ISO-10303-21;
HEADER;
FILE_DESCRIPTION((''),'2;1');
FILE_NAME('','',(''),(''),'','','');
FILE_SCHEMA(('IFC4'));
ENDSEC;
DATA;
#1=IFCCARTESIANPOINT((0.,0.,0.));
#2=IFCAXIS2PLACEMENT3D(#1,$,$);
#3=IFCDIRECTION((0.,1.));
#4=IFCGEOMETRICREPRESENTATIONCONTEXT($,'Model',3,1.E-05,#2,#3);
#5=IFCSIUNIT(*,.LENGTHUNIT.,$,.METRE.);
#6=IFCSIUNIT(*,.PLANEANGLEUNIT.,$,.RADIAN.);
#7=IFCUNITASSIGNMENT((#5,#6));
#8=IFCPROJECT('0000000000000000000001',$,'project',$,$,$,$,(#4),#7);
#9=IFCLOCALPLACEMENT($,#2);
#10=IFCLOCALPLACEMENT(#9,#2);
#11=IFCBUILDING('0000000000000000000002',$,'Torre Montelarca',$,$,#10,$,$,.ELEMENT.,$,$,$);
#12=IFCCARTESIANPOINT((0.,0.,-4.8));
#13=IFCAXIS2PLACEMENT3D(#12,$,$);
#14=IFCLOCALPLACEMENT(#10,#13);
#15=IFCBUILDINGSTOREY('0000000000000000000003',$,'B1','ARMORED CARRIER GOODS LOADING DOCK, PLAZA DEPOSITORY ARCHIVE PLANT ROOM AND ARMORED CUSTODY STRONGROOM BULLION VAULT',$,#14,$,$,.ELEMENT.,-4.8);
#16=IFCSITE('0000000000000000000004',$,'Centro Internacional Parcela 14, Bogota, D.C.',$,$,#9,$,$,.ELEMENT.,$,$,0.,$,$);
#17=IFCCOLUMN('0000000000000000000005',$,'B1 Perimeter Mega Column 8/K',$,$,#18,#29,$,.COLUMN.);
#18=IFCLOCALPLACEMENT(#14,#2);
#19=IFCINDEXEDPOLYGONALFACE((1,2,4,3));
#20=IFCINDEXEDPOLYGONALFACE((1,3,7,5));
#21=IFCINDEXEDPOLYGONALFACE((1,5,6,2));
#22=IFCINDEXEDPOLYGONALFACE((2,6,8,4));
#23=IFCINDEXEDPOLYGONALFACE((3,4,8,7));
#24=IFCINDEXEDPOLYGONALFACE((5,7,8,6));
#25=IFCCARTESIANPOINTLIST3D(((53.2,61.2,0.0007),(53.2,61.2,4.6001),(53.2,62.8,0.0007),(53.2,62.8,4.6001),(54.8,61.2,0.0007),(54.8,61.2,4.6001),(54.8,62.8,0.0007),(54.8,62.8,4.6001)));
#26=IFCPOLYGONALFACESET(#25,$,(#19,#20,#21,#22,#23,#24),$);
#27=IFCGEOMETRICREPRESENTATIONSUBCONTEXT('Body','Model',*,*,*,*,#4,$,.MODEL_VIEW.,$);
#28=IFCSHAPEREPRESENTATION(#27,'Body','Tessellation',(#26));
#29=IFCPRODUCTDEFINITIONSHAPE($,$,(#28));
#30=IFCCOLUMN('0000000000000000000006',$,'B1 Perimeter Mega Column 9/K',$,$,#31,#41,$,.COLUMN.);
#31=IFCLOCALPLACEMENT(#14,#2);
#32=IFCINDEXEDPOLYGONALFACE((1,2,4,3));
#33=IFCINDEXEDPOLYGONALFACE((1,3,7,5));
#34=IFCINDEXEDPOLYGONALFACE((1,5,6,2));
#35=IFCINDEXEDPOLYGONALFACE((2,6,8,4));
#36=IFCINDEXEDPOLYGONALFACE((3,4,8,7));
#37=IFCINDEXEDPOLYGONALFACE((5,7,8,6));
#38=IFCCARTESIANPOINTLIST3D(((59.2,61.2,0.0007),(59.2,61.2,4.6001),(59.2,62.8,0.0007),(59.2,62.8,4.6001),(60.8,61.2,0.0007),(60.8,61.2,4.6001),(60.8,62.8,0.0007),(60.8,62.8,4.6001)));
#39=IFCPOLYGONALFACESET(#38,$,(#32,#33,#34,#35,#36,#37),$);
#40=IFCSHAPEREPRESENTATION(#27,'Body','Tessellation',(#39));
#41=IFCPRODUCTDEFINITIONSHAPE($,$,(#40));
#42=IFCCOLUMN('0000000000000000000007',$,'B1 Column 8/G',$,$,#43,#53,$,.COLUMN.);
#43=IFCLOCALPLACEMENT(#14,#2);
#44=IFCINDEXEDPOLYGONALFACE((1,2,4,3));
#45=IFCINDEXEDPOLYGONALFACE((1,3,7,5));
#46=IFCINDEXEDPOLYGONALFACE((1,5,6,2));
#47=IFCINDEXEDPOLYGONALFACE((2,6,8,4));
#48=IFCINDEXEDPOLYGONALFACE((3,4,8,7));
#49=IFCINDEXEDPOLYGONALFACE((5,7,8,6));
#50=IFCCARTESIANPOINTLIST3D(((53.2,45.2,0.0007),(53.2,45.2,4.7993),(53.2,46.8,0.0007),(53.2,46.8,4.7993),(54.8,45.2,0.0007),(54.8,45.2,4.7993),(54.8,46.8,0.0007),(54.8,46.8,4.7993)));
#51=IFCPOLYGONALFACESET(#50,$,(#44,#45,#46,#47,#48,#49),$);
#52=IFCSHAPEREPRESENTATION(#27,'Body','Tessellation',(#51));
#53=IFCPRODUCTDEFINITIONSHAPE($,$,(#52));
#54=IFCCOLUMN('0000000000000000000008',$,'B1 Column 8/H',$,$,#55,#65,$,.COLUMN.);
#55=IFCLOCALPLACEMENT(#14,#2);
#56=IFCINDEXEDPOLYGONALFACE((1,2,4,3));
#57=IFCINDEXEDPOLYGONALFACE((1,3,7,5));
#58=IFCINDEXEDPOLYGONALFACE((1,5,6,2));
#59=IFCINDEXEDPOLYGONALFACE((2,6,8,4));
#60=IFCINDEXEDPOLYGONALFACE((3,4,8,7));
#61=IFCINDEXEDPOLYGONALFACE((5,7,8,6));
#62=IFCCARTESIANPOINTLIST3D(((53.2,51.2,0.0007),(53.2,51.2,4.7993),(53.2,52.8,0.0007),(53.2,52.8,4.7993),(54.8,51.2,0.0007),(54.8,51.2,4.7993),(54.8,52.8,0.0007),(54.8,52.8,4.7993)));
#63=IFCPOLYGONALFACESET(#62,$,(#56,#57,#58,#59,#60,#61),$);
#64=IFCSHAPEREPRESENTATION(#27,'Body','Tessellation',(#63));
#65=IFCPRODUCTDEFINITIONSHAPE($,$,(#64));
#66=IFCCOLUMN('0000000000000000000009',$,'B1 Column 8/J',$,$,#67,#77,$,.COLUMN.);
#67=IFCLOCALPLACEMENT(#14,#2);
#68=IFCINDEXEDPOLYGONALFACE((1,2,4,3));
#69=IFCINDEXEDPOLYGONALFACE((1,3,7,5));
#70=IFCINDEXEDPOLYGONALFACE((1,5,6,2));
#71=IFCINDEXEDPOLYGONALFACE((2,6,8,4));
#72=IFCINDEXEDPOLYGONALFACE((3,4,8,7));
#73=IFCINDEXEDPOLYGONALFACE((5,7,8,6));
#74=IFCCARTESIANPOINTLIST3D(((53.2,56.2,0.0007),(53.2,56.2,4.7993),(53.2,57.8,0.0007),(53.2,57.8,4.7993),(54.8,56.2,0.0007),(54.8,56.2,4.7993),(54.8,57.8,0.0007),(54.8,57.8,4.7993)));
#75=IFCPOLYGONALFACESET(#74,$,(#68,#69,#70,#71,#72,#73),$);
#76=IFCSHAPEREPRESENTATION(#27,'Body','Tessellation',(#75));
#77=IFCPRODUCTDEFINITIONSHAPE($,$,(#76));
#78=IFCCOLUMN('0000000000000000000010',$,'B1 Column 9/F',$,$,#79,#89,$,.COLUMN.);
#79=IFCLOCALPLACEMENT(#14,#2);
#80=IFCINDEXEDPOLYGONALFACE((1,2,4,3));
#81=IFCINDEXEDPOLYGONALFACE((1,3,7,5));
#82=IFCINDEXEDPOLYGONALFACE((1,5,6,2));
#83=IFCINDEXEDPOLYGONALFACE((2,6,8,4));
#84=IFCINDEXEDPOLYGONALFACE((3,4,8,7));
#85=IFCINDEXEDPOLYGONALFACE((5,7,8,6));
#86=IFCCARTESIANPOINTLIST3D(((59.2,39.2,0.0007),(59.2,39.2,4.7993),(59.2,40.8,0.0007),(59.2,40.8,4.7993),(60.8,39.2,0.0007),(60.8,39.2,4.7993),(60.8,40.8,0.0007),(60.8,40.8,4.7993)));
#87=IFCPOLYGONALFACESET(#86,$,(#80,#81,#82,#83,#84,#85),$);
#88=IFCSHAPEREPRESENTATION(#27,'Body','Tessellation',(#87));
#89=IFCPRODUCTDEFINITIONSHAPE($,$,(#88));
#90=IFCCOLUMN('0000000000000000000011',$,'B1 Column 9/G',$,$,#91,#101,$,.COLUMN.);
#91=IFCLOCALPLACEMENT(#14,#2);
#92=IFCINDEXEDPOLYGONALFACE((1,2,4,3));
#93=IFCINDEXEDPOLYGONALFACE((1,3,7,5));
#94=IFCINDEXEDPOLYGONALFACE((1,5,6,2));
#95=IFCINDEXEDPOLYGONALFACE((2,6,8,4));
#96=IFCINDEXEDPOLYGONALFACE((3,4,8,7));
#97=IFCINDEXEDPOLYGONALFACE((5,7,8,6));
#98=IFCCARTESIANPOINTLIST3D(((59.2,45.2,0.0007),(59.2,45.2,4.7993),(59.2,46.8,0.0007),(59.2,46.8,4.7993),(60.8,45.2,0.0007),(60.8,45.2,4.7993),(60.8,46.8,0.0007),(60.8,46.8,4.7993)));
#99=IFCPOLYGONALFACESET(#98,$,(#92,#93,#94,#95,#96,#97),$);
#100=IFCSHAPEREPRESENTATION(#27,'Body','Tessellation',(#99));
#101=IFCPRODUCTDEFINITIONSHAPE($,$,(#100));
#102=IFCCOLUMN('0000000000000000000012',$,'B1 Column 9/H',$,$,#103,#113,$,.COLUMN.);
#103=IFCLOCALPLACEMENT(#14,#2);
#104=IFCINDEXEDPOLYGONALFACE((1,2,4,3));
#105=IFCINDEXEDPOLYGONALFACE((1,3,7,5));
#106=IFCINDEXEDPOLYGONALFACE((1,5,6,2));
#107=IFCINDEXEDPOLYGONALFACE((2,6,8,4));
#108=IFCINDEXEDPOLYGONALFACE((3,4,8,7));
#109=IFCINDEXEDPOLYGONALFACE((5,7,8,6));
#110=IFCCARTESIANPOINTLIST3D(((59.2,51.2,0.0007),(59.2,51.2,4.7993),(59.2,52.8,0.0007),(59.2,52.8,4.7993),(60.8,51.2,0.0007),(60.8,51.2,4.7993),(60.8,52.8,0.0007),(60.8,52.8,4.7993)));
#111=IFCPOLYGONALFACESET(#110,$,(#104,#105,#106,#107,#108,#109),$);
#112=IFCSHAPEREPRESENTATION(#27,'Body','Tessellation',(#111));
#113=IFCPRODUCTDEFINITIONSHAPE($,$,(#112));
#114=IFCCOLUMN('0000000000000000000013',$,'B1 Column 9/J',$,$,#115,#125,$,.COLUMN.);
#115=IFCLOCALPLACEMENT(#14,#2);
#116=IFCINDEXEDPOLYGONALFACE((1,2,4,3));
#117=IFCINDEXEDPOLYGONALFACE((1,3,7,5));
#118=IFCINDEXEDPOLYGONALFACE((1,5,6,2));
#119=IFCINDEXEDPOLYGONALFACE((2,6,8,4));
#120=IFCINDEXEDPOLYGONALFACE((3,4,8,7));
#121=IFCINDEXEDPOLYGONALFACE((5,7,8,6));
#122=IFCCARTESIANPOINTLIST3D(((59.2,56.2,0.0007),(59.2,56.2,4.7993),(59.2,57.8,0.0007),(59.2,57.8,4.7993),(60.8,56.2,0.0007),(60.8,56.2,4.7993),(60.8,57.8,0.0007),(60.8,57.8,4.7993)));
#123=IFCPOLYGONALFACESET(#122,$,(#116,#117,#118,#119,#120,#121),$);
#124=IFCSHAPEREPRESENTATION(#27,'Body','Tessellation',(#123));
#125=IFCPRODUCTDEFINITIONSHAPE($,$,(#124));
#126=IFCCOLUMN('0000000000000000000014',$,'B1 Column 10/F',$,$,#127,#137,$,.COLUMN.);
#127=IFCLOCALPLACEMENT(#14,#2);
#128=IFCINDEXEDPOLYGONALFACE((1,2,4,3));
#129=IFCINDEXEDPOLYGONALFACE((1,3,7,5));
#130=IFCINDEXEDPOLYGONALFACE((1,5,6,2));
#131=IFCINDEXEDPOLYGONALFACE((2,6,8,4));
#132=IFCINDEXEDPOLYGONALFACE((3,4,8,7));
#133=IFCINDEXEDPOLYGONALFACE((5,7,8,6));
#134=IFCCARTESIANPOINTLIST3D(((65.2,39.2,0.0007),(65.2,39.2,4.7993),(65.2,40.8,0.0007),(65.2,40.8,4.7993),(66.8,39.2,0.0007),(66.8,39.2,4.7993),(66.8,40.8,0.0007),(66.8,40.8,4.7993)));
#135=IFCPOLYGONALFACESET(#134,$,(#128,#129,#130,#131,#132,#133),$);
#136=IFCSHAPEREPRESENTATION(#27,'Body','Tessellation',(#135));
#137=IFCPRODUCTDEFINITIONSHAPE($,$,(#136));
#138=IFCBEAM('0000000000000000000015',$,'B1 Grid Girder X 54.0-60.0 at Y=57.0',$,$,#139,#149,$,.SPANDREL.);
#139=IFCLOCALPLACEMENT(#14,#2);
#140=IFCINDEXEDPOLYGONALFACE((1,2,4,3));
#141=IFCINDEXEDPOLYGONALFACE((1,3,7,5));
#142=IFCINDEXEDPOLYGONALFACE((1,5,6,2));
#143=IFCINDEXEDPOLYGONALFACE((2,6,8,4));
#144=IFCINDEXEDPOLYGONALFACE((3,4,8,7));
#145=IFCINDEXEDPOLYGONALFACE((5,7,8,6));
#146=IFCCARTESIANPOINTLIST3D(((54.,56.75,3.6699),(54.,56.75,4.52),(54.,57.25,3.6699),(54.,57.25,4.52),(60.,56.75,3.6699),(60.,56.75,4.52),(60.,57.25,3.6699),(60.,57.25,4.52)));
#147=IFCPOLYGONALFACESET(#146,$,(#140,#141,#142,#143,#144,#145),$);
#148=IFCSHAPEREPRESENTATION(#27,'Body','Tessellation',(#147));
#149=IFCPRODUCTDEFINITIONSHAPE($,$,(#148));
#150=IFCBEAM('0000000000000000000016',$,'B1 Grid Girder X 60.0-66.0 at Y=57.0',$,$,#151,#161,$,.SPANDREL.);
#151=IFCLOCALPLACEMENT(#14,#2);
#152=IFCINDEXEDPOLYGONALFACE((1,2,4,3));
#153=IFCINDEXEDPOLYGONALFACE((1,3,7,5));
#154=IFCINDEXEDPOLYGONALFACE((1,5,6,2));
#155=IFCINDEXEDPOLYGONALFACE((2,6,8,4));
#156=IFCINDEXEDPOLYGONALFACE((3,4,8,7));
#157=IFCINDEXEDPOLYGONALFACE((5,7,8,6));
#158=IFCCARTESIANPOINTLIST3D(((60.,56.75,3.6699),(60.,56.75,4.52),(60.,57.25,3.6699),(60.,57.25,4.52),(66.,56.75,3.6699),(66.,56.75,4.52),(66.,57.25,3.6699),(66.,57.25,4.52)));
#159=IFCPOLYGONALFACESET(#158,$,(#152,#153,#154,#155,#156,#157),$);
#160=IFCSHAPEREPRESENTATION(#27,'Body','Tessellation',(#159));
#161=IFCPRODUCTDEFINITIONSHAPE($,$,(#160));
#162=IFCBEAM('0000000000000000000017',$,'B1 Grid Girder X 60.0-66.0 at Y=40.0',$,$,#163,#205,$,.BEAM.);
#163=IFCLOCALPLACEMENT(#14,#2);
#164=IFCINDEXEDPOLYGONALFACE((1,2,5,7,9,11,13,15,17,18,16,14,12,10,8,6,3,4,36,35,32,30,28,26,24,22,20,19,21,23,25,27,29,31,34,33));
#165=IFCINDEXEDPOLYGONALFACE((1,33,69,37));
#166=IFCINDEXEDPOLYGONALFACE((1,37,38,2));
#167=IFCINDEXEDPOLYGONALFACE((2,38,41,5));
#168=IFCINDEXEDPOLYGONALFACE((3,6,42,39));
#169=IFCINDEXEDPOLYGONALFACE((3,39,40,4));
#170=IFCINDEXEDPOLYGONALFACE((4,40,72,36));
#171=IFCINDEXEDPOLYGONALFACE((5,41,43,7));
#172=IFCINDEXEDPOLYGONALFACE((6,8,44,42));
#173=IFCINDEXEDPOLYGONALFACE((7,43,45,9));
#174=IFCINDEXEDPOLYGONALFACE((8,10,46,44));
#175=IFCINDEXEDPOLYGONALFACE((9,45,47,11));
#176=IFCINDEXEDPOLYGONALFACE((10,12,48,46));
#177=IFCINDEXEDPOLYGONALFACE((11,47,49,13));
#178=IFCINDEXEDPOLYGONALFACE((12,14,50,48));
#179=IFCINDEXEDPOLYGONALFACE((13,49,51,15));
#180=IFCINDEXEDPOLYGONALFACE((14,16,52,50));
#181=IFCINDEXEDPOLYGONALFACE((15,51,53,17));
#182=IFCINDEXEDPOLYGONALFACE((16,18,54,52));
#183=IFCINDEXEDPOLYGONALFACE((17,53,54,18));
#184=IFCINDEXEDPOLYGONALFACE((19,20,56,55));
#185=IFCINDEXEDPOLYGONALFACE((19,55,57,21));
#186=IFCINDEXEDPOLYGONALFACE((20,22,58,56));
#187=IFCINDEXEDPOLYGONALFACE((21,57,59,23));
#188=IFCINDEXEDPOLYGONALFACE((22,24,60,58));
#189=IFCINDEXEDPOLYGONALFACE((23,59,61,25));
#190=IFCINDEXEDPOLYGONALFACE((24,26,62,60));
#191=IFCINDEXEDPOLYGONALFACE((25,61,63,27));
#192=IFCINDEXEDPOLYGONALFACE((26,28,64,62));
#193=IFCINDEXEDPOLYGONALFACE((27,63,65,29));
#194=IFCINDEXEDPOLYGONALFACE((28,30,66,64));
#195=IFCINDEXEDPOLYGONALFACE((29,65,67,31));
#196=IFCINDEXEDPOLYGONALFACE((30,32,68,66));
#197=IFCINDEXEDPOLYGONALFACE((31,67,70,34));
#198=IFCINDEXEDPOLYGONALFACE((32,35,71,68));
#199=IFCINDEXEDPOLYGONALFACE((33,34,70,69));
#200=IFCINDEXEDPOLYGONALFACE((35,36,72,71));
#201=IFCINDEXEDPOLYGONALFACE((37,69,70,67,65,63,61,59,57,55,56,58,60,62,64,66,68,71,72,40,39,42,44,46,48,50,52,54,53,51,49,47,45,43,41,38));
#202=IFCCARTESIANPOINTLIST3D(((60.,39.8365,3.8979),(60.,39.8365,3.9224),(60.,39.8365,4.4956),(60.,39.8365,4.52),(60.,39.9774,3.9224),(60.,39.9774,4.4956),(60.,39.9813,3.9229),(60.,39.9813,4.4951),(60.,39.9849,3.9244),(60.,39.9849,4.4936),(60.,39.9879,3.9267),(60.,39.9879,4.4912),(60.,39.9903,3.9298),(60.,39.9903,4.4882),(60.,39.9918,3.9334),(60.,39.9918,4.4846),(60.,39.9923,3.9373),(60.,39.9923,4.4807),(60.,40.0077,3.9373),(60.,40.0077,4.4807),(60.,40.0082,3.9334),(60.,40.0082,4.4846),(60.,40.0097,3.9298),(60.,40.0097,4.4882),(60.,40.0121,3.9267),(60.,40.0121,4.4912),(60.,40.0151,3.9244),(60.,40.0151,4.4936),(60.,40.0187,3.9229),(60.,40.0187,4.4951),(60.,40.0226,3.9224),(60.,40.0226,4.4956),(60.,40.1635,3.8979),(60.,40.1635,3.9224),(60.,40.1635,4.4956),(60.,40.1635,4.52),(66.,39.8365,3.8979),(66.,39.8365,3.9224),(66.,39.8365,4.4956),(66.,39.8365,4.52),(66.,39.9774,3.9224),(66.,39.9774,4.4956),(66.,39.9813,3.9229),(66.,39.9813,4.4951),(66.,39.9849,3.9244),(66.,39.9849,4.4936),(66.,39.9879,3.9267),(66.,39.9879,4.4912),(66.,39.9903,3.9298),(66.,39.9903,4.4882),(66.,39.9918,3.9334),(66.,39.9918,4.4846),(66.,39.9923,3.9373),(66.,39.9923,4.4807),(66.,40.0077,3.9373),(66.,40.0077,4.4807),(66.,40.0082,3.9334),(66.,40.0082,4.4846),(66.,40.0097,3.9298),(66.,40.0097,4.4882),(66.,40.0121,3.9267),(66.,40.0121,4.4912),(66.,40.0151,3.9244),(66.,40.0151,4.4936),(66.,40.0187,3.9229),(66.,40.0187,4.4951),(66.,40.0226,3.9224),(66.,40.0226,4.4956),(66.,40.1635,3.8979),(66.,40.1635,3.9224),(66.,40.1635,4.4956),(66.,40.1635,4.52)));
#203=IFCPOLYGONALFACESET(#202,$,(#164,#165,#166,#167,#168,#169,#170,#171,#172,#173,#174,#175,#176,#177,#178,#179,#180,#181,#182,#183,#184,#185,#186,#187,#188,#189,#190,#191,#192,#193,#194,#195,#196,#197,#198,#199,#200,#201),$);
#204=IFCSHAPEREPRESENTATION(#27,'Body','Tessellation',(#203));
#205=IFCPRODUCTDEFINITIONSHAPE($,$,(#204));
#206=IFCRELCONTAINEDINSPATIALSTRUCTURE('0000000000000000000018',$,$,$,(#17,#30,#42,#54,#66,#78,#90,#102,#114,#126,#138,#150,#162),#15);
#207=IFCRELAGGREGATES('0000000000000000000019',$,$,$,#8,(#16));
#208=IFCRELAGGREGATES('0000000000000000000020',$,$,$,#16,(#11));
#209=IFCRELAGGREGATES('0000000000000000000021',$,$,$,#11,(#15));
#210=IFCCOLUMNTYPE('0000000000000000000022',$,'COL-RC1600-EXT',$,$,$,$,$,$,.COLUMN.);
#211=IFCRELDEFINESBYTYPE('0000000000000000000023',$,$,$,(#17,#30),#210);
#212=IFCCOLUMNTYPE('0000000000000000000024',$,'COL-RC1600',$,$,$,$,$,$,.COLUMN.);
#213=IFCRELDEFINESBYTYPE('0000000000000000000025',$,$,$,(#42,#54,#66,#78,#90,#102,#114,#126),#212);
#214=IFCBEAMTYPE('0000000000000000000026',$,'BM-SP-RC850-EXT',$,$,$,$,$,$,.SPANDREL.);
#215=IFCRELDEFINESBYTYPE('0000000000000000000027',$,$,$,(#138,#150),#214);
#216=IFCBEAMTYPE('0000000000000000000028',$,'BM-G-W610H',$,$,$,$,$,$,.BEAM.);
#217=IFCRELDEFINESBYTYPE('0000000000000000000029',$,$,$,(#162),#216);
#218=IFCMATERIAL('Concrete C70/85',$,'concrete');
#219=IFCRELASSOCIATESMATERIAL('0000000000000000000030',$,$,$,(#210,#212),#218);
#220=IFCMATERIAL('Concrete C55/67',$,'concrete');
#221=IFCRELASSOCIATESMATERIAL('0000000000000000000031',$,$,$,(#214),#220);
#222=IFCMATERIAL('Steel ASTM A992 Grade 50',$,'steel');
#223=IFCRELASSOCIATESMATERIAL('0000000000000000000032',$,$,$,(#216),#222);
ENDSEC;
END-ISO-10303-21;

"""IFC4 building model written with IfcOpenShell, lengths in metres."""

from ifc_helpers import new_model, si_unit, direction, frame, origin, origin_2d, place, context, subcontext, project, spatial, rectangle, i_section, extrude, source, transform, mapped, material, material_profile, profile_set, type_object, element, save


model = new_model("IFC4")

# Units and contexts
model_context = context("Model", 3, precision=1e-05, world=origin(), true_north=direction((0.0, 1.0)))
body_context = subcontext(model_context, "Body", "Model", "MODEL_VIEW")
ifc_project = project(units=[si_unit("LENGTHUNIT", "METRE"), si_unit("PLANEANGLEUNIT", "RADIAN")], contexts=[model_context])

# Site, building, storey
site_placement = place(None, origin())
site = spatial("IfcSite", under=ifc_project, at=site_placement, Name="Centro Internacional Parcela 14, Bogota, D.C.", CompositionType="ELEMENT", RefElevation=0.0)
building_placement = place(site_placement, origin())
building = spatial("IfcBuilding", under=site, at=building_placement, Name="Torre Montelarca", CompositionType="ELEMENT")
storey_placement = place(building_placement, frame((0.0, 0.0, -4.8)))
storey = spatial("IfcBuildingStorey", under=building, at=storey_placement, Name="B1", Description="ARMORED CARRIER GOODS LOADING DOCK, PLAZA DEPOSITORY ARCHIVE PLANT ROOM AND ARMORED CUSTODY STRONGROOM BULLION VAULT", CompositionType="ELEMENT", Elevation=-4.8)

# Columns
ifc_material_1 = material(Name="Concrete C70/85", Category="concrete")
ifc_material_profile_1 = material_profile(ifc_material_1, rectangle(XDim=1.6001, YDim=1.6001, at=origin_2d()), Name="RC1600X1600", Category="concrete")
ifc_profile_set_1 = profile_set([ifc_material_profile_1], Name="Concrete C70/85")
column_type_1 = type_object("IfcColumnType", Name="COL-RC1600-EXT", PredefinedType="COLUMN", material=ifc_profile_set_1)
shared_shape_1 = source(origin(), body_context, "Body", "SweptSolid", [
    extrude(rectangle(XDim=1.6001, YDim=1.6001, at=origin_2d()), origin(), (0.0, 0.0, 1.0), 4.5994),
])
for number, where, z_axis, x_axis, name in (
    (1, (54.0, 62.0, 0.0007), (0.0, 0.0, 1.0), (1.0, 0.0, 0.0), "B1 Perimeter Mega Column 8/K"),
    (2, (60.0, 62.0, 0.0007), (0.0, 0.0, 1.0), (1.0, 0.0, 0.0), "B1 Perimeter Mega Column 9/K"),
):
    element("IfcColumn", number, at=place(storey_placement, frame(where, z_axis=z_axis, x_axis=x_axis)), inside=storey, type_object=column_type_1, Name=name, PredefinedType="COLUMN", context=body_context, shape_type="MappedRepresentation", body=[
        mapped(shared_shape_1, transform((0.0, 0.0, 0.0), scale=1.0)),
    ])
ifc_material_profile_2 = material_profile(ifc_material_1, rectangle(XDim=1.6001, YDim=1.6001, at=origin_2d()), Name="RC1600X1600", Category="concrete")
ifc_profile_set_2 = profile_set([ifc_material_profile_2], Name="Concrete C70/85")
column_type_2 = type_object("IfcColumnType", Name="COL-RC1600", PredefinedType="COLUMN", material=ifc_profile_set_2)
shared_shape_2 = source(origin(), body_context, "Body", "SweptSolid", [
    extrude(rectangle(XDim=1.6001, YDim=1.6001, at=origin_2d()), origin(), (0.0, 0.0, 1.0), 4.7986),
])
for number, where, z_axis, x_axis, name in (
    (3, (54.0, 46.0, 0.0007), (0.0, 0.0, 1.0), (1.0, 0.0, 0.0), "B1 Column 8/G"),
    (4, (54.0, 52.0, 0.0007), (0.0, 0.0, 1.0), (1.0, 0.0, 0.0), "B1 Column 8/H"),
    (5, (54.0, 57.0, 0.0007), (0.0, 0.0, 1.0), (1.0, 0.0, 0.0), "B1 Column 8/J"),
    (6, (60.0, 40.0, 0.0007), (0.0, 0.0, 1.0), (1.0, 0.0, 0.0), "B1 Column 9/F"),
    (7, (60.0, 46.0, 0.0007), (0.0, 0.0, 1.0), (1.0, 0.0, 0.0), "B1 Column 9/G"),
    (8, (60.0, 52.0, 0.0007), (0.0, 0.0, 1.0), (1.0, 0.0, 0.0), "B1 Column 9/H"),
    (9, (60.0, 57.0, 0.0007), (0.0, 0.0, 1.0), (1.0, 0.0, 0.0), "B1 Column 9/J"),
    (10, (66.0, 40.0, 0.0007), (0.0, 0.0, 1.0), (1.0, 0.0, 0.0), "B1 Column 10/F"),
):
    element("IfcColumn", number, at=place(storey_placement, frame(where, z_axis=z_axis, x_axis=x_axis)), inside=storey, type_object=column_type_2, Name=name, PredefinedType="COLUMN", context=body_context, shape_type="MappedRepresentation", body=[
        mapped(shared_shape_2, transform((0.0, 0.0, 0.0), scale=1.0)),
    ])

# Beams
ifc_material_2 = material(Name="Concrete C55/67", Category="concrete")
ifc_material_profile_3 = material_profile(ifc_material_2, rectangle(XDim=0.5, YDim=0.8501, at=origin_2d()), Name="RCB500X850", Category="concrete")
ifc_profile_set_3 = profile_set([ifc_material_profile_3], Name="Concrete C55/67")
beam_type_1 = type_object("IfcBeamType", Name="BM-SP-RC850-EXT", PredefinedType="SPANDREL", material=ifc_profile_set_3)
shared_shape_3 = source(origin(), body_context, "Body", "SweptSolid", [
    extrude(rectangle(XDim=0.5, YDim=0.8501, at=origin_2d()), origin(), (0.0, 0.0, 1.0), 6.0),
])
for number, where, z_axis, x_axis, name in (
    (11, (54.0, 57.0, 4.095), (1.0, 0.0, 0.0), (0.0, 1.0, 0.0), "B1 Grid Girder X 54.0-60.0 at Y=57.0"),
    (12, (60.0, 57.0, 4.095), (1.0, 0.0, 0.0), (0.0, 1.0, 0.0), "B1 Grid Girder X 60.0-66.0 at Y=57.0"),
):
    element("IfcBeam", number, at=place(storey_placement, frame(where, z_axis=z_axis, x_axis=x_axis)), inside=storey, type_object=beam_type_1, Name=name, PredefinedType="SPANDREL", context=body_context, shape_type="MappedRepresentation", body=[
        mapped(shared_shape_3, transform((0.0, 0.0, 0.0), scale=1.0)),
    ])
ifc_material_3 = material(Name="Steel ASTM A992 Grade 50", Category="steel")
ifc_material_profile_4 = material_profile(ifc_material_3, i_section(OverallWidth=0.3269, OverallDepth=0.6221, WebThickness=0.0154, FlangeThickness=0.0244, FilletRadius=0.0149, at=origin_2d()), Name="W610X195", Category="steel")
ifc_profile_set_4 = profile_set([ifc_material_profile_4], Name="Steel ASTM A992 Grade 50")
beam_type_2 = type_object("IfcBeamType", Name="BM-G-W610H", PredefinedType="BEAM", material=ifc_profile_set_4)
shared_shape_4 = source(origin(), body_context, "Body", "SweptSolid", [
    extrude(i_section(OverallWidth=0.3269, OverallDepth=0.6221, WebThickness=0.0154, FlangeThickness=0.0244, FilletRadius=0.0149, at=origin_2d()), origin(), (0.0, 0.0, 1.0), 6.0),
])
for number, where, z_axis, x_axis, name in (
    (13, (60.0, 40.0, 4.209), (1.0, 0.0, 0.0), (0.0, 1.0, 0.0), "B1 Grid Girder X 60.0-66.0 at Y=40.0"),
):
    element("IfcBeam", number, at=place(storey_placement, frame(where, z_axis=z_axis, x_axis=x_axis)), inside=storey, type_object=beam_type_2, Name=name, PredefinedType="BEAM", context=body_context, shape_type="MappedRepresentation", body=[
        mapped(shared_shape_4, transform((0.0, 0.0, 0.0), scale=1.0)),
    ])

save(model, "model.ifc")
